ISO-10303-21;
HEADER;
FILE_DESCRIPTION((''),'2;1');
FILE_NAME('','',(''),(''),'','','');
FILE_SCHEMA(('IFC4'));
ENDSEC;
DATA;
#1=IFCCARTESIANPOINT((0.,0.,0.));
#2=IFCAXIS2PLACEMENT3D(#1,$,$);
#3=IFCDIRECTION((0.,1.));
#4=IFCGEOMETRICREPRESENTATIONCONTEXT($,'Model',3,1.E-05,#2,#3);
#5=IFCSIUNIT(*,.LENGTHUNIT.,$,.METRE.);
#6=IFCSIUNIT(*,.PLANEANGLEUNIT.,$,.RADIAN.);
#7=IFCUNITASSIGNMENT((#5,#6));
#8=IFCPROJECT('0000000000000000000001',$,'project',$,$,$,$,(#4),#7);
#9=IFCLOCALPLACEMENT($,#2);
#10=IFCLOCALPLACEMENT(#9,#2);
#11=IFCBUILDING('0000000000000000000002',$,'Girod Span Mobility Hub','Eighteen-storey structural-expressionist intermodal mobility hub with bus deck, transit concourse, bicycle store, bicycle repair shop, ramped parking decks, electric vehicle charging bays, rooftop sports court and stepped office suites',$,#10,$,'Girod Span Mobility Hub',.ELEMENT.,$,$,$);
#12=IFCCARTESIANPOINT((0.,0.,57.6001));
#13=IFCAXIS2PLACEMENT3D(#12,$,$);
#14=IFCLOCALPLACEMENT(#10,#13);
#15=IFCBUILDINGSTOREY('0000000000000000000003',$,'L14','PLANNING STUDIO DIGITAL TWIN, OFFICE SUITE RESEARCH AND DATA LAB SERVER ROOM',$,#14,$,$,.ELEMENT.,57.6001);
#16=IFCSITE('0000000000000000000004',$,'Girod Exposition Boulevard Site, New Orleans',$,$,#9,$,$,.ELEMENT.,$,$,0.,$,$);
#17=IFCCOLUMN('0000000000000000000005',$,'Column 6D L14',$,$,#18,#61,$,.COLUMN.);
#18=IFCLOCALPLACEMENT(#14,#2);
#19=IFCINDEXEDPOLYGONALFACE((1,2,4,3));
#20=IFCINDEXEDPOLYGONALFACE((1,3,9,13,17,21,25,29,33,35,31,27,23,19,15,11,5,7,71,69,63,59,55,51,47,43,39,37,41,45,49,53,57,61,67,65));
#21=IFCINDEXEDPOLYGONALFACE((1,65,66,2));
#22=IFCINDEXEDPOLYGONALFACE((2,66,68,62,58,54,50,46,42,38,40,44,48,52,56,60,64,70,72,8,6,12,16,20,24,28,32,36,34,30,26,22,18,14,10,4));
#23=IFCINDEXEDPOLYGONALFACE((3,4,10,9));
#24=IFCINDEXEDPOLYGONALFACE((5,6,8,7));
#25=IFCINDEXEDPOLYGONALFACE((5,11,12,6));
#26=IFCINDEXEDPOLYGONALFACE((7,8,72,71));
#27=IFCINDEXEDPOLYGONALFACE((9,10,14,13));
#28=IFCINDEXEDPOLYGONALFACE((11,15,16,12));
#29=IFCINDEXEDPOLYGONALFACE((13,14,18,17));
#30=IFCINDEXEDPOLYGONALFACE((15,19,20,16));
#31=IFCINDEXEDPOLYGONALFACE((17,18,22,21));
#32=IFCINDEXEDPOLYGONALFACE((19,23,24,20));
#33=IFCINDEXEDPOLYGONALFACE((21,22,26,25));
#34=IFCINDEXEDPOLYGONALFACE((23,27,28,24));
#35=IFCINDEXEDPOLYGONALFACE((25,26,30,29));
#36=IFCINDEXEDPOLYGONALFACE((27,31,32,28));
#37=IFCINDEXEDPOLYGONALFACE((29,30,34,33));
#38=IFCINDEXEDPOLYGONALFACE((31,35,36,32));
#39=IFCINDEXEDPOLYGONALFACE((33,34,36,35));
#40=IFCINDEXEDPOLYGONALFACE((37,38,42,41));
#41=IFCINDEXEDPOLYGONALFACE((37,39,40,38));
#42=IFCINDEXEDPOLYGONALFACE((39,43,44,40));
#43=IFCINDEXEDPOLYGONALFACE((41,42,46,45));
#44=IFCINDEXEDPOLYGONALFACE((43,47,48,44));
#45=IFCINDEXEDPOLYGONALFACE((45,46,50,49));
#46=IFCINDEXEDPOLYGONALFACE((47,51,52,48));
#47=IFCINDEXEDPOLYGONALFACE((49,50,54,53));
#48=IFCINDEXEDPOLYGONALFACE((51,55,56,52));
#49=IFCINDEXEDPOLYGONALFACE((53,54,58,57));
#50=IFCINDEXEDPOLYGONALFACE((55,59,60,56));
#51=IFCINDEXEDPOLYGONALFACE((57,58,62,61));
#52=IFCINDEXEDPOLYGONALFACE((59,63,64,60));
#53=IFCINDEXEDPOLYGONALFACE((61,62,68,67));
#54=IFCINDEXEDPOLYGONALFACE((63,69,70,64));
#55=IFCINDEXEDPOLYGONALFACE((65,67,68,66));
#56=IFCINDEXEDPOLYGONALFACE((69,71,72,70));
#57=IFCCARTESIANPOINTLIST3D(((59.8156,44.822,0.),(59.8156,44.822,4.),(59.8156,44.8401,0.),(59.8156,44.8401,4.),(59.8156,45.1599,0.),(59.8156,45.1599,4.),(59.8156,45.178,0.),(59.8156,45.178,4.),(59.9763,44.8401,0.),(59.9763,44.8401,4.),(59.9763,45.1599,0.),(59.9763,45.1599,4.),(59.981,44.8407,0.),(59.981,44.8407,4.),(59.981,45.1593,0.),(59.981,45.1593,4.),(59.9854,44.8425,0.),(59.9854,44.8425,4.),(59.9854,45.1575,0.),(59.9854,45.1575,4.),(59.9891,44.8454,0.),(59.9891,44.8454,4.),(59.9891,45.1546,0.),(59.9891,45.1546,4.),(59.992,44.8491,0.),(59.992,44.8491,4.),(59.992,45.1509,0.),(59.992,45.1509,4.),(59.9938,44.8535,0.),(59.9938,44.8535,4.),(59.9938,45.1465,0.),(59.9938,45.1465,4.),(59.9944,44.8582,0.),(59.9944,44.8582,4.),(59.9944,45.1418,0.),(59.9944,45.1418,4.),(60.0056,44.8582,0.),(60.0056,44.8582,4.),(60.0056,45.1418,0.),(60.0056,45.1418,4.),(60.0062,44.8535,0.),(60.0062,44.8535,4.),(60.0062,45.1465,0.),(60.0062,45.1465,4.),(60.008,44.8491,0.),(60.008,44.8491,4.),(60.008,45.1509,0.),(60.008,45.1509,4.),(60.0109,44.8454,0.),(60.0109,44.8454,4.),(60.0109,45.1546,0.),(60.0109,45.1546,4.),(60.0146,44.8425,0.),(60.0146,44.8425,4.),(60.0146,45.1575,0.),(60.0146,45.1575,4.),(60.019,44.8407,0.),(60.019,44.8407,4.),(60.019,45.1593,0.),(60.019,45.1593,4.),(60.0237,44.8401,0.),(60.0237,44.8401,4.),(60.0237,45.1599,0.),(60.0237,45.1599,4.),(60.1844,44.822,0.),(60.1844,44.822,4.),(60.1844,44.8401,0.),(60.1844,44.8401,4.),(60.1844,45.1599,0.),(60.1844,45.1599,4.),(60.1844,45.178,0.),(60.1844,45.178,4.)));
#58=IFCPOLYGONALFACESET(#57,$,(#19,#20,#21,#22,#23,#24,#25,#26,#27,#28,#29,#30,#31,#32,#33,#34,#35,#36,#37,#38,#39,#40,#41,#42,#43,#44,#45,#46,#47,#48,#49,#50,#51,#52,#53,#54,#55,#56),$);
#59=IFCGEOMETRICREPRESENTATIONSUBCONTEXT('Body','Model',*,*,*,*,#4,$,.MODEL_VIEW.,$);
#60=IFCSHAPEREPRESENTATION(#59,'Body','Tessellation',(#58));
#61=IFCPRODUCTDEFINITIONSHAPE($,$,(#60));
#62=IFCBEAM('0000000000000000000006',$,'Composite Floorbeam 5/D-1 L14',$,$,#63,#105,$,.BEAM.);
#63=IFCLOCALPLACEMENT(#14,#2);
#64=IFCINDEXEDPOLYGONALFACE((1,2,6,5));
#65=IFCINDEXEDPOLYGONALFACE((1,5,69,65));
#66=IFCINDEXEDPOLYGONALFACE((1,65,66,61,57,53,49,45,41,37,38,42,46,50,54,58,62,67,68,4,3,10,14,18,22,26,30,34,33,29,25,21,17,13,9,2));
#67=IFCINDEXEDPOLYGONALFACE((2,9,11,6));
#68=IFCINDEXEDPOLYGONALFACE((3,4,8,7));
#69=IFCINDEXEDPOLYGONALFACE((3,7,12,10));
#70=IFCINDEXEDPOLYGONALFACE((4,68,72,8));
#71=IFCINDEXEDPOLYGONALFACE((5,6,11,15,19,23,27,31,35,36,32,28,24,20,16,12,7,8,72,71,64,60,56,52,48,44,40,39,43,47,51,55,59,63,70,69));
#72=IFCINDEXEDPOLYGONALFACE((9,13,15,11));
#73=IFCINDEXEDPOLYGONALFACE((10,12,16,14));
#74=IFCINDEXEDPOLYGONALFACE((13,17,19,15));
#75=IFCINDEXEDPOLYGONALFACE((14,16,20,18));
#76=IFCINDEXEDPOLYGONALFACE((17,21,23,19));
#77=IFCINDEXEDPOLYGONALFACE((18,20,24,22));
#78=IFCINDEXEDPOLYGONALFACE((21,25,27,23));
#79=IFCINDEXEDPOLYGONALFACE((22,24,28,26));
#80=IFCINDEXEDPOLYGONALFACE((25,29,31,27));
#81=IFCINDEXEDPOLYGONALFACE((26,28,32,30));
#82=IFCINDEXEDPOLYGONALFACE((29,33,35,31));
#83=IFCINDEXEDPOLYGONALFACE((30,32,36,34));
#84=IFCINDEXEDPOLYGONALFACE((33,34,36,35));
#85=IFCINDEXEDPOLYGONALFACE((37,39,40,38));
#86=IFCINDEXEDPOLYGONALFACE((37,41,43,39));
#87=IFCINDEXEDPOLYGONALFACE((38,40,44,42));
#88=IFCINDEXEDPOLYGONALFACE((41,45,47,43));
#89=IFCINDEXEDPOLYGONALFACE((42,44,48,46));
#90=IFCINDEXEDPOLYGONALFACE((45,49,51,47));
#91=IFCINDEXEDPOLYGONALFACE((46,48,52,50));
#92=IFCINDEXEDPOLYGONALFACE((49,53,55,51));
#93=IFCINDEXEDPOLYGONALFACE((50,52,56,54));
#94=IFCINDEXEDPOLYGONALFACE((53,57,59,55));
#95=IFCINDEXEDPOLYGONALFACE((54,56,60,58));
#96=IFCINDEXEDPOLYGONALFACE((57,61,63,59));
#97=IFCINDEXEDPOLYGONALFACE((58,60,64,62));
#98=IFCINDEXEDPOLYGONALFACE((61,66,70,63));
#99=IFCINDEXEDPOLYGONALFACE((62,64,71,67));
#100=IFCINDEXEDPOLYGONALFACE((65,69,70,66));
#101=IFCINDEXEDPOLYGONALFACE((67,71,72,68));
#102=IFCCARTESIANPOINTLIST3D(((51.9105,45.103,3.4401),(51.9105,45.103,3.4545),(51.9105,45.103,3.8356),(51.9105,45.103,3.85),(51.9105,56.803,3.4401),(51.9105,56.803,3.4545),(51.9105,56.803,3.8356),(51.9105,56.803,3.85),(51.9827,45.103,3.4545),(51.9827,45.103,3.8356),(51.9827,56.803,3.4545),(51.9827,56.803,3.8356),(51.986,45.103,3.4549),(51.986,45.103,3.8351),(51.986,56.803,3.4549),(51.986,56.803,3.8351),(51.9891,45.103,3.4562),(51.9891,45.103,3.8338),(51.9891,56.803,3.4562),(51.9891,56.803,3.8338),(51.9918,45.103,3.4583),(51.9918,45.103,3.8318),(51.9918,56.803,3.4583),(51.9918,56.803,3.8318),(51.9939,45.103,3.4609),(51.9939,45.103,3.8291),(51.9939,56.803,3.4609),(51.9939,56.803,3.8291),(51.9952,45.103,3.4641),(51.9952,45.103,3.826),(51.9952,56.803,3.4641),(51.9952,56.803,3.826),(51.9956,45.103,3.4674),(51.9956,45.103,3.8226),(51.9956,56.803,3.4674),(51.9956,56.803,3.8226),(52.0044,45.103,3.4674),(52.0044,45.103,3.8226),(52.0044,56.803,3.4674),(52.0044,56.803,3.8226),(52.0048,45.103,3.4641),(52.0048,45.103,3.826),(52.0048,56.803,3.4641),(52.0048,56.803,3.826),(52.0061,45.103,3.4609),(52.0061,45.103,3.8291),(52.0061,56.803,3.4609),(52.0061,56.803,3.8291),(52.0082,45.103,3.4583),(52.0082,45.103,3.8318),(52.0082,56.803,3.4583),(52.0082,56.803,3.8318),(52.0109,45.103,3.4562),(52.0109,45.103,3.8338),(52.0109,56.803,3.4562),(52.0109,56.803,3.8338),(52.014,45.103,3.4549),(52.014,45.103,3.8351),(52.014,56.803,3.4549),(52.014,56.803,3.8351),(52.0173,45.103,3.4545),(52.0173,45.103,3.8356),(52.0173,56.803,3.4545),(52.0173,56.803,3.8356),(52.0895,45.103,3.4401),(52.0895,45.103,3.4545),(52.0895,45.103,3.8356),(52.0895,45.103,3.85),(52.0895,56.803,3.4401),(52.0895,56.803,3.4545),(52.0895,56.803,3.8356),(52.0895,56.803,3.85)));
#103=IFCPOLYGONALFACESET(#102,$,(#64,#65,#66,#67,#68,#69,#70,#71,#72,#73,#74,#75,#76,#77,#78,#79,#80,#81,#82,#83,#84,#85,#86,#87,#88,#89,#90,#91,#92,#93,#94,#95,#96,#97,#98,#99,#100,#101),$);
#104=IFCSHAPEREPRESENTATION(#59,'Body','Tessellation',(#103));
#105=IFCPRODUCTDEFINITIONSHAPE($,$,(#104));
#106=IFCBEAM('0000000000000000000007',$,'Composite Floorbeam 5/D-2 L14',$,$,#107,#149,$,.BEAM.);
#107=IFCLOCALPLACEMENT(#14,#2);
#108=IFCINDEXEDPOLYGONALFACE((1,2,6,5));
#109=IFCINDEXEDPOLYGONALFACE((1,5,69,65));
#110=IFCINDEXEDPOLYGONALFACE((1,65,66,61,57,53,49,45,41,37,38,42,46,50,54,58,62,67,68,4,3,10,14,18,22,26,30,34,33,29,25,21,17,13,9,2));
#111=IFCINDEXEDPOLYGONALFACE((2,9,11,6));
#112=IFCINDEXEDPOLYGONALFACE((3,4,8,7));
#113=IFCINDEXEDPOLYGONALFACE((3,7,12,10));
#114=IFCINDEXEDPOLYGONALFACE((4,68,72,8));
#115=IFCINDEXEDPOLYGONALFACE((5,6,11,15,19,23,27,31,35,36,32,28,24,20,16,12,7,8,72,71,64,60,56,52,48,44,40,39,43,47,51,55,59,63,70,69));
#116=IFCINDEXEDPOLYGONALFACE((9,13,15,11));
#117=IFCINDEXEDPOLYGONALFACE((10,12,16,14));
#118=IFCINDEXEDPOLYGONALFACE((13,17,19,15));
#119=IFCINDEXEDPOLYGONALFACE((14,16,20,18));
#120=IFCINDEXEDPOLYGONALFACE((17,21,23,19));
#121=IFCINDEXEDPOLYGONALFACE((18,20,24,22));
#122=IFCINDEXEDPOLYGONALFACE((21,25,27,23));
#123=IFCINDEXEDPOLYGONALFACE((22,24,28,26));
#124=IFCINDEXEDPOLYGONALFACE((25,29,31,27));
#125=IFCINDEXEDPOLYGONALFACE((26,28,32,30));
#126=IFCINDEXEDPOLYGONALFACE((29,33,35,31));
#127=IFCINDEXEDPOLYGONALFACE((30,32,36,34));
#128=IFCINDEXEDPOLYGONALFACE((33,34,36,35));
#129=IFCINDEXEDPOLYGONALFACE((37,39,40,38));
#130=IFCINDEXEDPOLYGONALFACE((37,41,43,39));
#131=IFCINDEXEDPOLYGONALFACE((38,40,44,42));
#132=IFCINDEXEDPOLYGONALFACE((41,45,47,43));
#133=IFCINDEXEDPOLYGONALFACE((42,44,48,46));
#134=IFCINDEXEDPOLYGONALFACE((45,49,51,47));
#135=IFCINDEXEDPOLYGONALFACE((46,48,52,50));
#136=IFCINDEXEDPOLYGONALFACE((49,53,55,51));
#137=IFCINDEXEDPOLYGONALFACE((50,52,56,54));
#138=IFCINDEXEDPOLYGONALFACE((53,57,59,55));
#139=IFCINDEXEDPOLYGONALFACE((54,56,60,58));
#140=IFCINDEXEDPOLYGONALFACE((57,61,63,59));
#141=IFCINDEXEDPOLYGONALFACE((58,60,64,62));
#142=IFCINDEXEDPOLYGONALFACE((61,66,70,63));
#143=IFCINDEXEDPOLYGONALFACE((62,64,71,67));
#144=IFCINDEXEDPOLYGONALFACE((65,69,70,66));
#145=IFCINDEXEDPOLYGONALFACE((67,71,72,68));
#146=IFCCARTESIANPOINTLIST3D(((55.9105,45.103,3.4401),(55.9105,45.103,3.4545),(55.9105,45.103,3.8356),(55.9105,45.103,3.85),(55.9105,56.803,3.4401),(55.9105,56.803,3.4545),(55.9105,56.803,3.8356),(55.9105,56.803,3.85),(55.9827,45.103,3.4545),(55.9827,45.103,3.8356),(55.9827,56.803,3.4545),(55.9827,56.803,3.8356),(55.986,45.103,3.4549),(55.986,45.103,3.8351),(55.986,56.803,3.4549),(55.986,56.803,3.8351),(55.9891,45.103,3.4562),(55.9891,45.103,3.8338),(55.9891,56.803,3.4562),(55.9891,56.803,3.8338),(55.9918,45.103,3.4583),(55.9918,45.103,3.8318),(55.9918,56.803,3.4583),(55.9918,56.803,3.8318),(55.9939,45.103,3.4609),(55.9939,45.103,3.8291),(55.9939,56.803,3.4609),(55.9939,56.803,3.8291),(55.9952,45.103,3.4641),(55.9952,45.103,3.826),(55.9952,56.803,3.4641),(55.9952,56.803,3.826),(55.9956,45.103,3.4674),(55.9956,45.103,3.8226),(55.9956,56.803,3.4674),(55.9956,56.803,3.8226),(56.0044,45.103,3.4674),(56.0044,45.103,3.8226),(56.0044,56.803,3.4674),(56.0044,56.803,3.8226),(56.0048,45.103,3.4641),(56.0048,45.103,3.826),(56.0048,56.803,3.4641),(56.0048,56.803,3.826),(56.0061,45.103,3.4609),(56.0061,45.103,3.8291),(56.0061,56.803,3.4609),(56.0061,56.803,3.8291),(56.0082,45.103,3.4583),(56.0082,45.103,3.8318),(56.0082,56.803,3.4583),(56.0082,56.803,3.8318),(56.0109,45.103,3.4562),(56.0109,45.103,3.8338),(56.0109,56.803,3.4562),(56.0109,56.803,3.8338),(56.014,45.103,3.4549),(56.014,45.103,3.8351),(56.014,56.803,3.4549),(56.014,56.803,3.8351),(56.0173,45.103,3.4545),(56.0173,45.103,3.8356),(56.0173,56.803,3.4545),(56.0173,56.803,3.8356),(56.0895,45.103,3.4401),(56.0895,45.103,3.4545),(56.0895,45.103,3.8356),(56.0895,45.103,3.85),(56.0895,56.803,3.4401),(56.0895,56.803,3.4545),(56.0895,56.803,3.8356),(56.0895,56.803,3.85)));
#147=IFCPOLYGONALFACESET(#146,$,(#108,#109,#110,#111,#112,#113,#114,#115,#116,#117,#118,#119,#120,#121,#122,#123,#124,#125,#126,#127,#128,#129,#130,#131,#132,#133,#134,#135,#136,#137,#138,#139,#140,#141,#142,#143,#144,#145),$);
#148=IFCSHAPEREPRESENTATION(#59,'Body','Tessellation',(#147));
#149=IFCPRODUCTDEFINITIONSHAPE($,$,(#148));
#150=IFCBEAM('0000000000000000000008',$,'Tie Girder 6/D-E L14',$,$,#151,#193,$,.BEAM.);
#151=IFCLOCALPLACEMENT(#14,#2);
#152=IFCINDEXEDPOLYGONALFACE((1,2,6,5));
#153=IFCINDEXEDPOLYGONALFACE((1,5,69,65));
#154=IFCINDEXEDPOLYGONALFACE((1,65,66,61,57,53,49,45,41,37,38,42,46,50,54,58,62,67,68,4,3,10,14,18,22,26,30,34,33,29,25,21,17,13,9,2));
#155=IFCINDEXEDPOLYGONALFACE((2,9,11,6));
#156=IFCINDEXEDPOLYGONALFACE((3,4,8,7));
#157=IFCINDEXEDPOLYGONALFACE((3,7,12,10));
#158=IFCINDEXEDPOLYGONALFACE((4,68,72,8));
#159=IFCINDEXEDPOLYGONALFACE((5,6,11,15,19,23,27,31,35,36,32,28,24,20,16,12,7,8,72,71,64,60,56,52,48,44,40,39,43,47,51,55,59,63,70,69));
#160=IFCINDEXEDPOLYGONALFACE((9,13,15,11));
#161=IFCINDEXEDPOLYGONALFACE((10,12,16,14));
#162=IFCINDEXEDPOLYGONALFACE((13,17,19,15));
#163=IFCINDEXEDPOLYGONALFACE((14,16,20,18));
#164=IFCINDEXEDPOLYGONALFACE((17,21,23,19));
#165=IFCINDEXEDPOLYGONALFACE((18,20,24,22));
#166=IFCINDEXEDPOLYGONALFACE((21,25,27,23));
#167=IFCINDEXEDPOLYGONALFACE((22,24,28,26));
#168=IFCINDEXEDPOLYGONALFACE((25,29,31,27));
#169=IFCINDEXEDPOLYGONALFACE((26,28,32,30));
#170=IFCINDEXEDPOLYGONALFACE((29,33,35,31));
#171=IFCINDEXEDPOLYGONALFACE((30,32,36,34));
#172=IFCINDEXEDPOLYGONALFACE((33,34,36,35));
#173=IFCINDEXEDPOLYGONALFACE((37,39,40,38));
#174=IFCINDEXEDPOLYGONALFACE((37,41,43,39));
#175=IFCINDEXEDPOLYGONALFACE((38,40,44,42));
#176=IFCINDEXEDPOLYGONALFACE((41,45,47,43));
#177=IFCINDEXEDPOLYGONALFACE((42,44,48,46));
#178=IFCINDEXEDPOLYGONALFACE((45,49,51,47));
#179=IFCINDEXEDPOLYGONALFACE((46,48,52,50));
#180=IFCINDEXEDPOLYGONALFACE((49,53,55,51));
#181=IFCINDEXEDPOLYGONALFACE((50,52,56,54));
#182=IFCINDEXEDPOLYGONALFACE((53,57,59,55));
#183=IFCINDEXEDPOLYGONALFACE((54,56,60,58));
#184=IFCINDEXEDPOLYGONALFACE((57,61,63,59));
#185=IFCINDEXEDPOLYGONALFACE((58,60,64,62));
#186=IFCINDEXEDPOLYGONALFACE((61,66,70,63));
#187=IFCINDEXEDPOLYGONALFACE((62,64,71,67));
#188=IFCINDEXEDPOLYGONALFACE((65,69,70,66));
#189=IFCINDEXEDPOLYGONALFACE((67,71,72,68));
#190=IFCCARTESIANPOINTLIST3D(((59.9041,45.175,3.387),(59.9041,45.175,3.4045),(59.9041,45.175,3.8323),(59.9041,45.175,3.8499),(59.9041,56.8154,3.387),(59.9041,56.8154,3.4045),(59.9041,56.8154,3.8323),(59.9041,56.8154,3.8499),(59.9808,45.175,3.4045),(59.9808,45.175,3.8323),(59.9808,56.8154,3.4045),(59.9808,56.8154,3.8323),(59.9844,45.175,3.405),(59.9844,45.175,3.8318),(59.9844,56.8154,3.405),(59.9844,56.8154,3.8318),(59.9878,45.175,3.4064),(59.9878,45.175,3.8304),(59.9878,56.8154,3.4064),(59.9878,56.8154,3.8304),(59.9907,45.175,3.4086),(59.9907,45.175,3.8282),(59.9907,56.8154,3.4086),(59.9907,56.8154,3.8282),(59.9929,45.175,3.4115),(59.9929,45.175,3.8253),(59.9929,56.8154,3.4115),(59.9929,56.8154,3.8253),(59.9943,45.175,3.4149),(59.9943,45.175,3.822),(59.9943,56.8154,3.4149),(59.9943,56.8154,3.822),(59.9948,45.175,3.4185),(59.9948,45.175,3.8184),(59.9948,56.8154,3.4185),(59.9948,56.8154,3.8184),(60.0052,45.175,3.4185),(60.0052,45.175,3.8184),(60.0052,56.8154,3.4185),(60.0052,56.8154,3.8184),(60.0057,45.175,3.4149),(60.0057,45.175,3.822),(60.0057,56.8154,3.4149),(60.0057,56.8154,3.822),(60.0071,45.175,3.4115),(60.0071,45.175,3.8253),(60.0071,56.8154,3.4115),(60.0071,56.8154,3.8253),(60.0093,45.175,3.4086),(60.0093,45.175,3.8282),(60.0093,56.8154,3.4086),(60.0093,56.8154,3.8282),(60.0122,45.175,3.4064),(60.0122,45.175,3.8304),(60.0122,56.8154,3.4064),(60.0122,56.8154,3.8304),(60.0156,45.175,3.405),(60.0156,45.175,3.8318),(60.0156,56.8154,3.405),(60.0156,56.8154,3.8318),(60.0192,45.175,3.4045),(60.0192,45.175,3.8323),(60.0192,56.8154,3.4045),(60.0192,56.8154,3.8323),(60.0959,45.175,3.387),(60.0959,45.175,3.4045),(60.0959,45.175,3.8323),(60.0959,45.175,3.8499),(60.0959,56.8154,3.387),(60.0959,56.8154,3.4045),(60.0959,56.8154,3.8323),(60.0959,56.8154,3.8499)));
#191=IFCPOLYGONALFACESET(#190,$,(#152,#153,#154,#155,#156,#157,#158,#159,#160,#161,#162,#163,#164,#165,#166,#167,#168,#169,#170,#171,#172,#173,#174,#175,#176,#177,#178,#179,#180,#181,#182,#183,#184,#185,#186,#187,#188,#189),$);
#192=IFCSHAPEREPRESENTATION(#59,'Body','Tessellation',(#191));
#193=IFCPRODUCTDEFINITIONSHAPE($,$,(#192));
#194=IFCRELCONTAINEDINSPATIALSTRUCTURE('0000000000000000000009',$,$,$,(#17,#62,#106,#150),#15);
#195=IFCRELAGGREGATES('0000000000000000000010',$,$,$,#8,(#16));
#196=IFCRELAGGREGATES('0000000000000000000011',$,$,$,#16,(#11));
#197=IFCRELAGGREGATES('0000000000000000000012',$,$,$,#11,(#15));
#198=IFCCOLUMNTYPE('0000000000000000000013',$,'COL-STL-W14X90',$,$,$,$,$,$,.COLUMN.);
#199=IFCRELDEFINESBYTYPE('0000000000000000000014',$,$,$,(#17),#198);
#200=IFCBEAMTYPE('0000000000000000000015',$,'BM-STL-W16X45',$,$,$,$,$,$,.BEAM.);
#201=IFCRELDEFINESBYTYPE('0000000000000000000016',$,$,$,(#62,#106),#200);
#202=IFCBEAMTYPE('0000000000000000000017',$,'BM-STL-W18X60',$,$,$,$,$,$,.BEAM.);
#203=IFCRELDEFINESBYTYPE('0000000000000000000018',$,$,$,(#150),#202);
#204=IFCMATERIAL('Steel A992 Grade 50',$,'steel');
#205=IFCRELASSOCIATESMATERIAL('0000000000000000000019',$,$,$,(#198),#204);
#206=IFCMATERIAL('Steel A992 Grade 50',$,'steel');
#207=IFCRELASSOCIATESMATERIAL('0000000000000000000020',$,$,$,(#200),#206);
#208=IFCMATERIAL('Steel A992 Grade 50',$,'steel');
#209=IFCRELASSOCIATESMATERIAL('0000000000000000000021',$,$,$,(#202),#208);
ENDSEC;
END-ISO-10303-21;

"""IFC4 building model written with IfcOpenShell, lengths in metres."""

from ifc_helpers import new_model, si_unit, direction, frame, origin, origin_2d, place, context, subcontext, project, spatial, i_section, extrude, material, material_profile, profile_set, type_object, element, save


model = new_model("IFC4")

# Units and contexts
model_context = context("Model", 3, precision=1e-05, world=origin(), true_north=direction((0.0, 1.0)))
body_context = subcontext(model_context, "Body", "Model", "MODEL_VIEW")
ifc_project = project(units=[si_unit("LENGTHUNIT", "METRE"), si_unit("PLANEANGLEUNIT", "RADIAN")], contexts=[model_context])

# Site, building, storey
site_placement = place(None, origin())
site = spatial("IfcSite", under=ifc_project, at=site_placement, Name="Girod Exposition Boulevard Site, New Orleans", CompositionType="ELEMENT", RefElevation=0.0)
building_placement = place(site_placement, origin())
building = spatial("IfcBuilding", under=site, at=building_placement, Name="Girod Span Mobility Hub", Description="Eighteen-storey structural-expressionist intermodal mobility hub with bus deck, transit concourse, bicycle store, bicycle repair shop, ramped parking decks, electric vehicle charging bays, rooftop sports court and stepped office suites", LongName="Girod Span Mobility Hub", CompositionType="ELEMENT")
storey_placement = place(building_placement, frame((0.0, 0.0, 57.6001)))
storey = spatial("IfcBuildingStorey", under=building, at=storey_placement, Name="L14", Description="PLANNING STUDIO DIGITAL TWIN, OFFICE SUITE RESEARCH AND DATA LAB SERVER ROOM", CompositionType="ELEMENT", Elevation=57.6001)

# Column
ifc_material_1 = material(Name="Steel A992 Grade 50", Category="steel")
ifc_material_profile_1 = material_profile(ifc_material_1, i_section(OverallWidth=0.3689, OverallDepth=0.356, WebThickness=0.0112, FlangeThickness=0.0181, FilletRadius=0.0181, at=origin_2d()), Name="W14X90")
ifc_profile_set_1 = profile_set([ifc_material_profile_1], Name="Steel A992 Grade 50")
column_type = type_object("IfcColumnType", Name="COL-STL-W14X90", PredefinedType="COLUMN", material=ifc_profile_set_1)
column_placement = place(storey_placement, frame((60.0, 45.0, 0.0), z_axis=(0.0, 0.0, 1.0), x_axis=(1.0, 0.0, 0.0)))
element("IfcColumn", 1, at=column_placement, inside=storey, type_object=column_type, Name="Column 6D L14", PredefinedType="COLUMN", context=body_context, shape_type="SweptSolid", body=[
    extrude(i_section(OverallWidth=0.3689, OverallDepth=0.356, WebThickness=0.0112, FlangeThickness=0.0181, FilletRadius=0.0181, at=origin_2d()), origin(), (0.0, 0.0, 1.0), 4.0),
])

# Beams
ifc_material_2 = material(Name="Steel A992 Grade 50", Category="steel")
ifc_material_profile_2 = material_profile(ifc_material_2, i_section(OverallWidth=0.179, OverallDepth=0.4099, WebThickness=0.0088, FlangeThickness=0.0144, FilletRadius=0.0129, at=origin_2d()), Name="W16X45")
ifc_profile_set_2 = profile_set([ifc_material_profile_2], Name="Steel A992 Grade 50")
beam_type_1 = type_object("IfcBeamType", Name="BM-STL-W16X45", PredefinedType="BEAM", material=ifc_profile_set_2)
for number, where, z_axis, x_axis, name in (
    (2, (52.0, 45.103, 3.645), (0.0, 1.0, 0.0), (-1.0, 0.0, 0.0), "Composite Floorbeam 5/D-1 L14"),
    (3, (56.0, 45.103, 3.645), (0.0, 1.0, 0.0), (-1.0, 0.0, 0.0), "Composite Floorbeam 5/D-2 L14"),
):
    element("IfcBeam", number, at=place(storey_placement, frame(where, z_axis=z_axis, x_axis=x_axis)), inside=storey, type_object=beam_type_1, Name=name, PredefinedType="BEAM", context=body_context, shape_type="SweptSolid", body=[
        extrude(i_section(OverallWidth=0.179, OverallDepth=0.4099, WebThickness=0.0088, FlangeThickness=0.0144, FilletRadius=0.0129, at=origin_2d()), origin(), (0.0, 0.0, 1.0), 11.7),
    ])
ifc_material_3 = material(Name="Steel A992 Grade 50", Category="steel")
ifc_material_profile_3 = material_profile(ifc_material_3, i_section(OverallWidth=0.1919, OverallDepth=0.4629, WebThickness=0.0105, FlangeThickness=0.0176, FilletRadius=0.0139, at=origin_2d()), Name="W18X60")
ifc_profile_set_3 = profile_set([ifc_material_profile_3], Name="Steel A992 Grade 50")
beam_type_2 = type_object("IfcBeamType", Name="BM-STL-W18X60", PredefinedType="BEAM", material=ifc_profile_set_3)
beam_1_placement = place(storey_placement, frame((60.0, 45.175, 3.6184), z_axis=(0.0, 1.0, 0.0), x_axis=(-1.0, 0.0, 0.0)))
element("IfcBeam", 4, at=beam_1_placement, inside=storey, type_object=beam_type_2, Name="Tie Girder 6/D-E L14", PredefinedType="BEAM", context=body_context, shape_type="SweptSolid", body=[
    extrude(i_section(OverallWidth=0.1919, OverallDepth=0.4629, WebThickness=0.0105, FlangeThickness=0.0176, FilletRadius=0.0139, at=origin_2d()), origin(), (0.0, 0.0, 1.0), 11.6404),
])

save(model, "model.ifc")
